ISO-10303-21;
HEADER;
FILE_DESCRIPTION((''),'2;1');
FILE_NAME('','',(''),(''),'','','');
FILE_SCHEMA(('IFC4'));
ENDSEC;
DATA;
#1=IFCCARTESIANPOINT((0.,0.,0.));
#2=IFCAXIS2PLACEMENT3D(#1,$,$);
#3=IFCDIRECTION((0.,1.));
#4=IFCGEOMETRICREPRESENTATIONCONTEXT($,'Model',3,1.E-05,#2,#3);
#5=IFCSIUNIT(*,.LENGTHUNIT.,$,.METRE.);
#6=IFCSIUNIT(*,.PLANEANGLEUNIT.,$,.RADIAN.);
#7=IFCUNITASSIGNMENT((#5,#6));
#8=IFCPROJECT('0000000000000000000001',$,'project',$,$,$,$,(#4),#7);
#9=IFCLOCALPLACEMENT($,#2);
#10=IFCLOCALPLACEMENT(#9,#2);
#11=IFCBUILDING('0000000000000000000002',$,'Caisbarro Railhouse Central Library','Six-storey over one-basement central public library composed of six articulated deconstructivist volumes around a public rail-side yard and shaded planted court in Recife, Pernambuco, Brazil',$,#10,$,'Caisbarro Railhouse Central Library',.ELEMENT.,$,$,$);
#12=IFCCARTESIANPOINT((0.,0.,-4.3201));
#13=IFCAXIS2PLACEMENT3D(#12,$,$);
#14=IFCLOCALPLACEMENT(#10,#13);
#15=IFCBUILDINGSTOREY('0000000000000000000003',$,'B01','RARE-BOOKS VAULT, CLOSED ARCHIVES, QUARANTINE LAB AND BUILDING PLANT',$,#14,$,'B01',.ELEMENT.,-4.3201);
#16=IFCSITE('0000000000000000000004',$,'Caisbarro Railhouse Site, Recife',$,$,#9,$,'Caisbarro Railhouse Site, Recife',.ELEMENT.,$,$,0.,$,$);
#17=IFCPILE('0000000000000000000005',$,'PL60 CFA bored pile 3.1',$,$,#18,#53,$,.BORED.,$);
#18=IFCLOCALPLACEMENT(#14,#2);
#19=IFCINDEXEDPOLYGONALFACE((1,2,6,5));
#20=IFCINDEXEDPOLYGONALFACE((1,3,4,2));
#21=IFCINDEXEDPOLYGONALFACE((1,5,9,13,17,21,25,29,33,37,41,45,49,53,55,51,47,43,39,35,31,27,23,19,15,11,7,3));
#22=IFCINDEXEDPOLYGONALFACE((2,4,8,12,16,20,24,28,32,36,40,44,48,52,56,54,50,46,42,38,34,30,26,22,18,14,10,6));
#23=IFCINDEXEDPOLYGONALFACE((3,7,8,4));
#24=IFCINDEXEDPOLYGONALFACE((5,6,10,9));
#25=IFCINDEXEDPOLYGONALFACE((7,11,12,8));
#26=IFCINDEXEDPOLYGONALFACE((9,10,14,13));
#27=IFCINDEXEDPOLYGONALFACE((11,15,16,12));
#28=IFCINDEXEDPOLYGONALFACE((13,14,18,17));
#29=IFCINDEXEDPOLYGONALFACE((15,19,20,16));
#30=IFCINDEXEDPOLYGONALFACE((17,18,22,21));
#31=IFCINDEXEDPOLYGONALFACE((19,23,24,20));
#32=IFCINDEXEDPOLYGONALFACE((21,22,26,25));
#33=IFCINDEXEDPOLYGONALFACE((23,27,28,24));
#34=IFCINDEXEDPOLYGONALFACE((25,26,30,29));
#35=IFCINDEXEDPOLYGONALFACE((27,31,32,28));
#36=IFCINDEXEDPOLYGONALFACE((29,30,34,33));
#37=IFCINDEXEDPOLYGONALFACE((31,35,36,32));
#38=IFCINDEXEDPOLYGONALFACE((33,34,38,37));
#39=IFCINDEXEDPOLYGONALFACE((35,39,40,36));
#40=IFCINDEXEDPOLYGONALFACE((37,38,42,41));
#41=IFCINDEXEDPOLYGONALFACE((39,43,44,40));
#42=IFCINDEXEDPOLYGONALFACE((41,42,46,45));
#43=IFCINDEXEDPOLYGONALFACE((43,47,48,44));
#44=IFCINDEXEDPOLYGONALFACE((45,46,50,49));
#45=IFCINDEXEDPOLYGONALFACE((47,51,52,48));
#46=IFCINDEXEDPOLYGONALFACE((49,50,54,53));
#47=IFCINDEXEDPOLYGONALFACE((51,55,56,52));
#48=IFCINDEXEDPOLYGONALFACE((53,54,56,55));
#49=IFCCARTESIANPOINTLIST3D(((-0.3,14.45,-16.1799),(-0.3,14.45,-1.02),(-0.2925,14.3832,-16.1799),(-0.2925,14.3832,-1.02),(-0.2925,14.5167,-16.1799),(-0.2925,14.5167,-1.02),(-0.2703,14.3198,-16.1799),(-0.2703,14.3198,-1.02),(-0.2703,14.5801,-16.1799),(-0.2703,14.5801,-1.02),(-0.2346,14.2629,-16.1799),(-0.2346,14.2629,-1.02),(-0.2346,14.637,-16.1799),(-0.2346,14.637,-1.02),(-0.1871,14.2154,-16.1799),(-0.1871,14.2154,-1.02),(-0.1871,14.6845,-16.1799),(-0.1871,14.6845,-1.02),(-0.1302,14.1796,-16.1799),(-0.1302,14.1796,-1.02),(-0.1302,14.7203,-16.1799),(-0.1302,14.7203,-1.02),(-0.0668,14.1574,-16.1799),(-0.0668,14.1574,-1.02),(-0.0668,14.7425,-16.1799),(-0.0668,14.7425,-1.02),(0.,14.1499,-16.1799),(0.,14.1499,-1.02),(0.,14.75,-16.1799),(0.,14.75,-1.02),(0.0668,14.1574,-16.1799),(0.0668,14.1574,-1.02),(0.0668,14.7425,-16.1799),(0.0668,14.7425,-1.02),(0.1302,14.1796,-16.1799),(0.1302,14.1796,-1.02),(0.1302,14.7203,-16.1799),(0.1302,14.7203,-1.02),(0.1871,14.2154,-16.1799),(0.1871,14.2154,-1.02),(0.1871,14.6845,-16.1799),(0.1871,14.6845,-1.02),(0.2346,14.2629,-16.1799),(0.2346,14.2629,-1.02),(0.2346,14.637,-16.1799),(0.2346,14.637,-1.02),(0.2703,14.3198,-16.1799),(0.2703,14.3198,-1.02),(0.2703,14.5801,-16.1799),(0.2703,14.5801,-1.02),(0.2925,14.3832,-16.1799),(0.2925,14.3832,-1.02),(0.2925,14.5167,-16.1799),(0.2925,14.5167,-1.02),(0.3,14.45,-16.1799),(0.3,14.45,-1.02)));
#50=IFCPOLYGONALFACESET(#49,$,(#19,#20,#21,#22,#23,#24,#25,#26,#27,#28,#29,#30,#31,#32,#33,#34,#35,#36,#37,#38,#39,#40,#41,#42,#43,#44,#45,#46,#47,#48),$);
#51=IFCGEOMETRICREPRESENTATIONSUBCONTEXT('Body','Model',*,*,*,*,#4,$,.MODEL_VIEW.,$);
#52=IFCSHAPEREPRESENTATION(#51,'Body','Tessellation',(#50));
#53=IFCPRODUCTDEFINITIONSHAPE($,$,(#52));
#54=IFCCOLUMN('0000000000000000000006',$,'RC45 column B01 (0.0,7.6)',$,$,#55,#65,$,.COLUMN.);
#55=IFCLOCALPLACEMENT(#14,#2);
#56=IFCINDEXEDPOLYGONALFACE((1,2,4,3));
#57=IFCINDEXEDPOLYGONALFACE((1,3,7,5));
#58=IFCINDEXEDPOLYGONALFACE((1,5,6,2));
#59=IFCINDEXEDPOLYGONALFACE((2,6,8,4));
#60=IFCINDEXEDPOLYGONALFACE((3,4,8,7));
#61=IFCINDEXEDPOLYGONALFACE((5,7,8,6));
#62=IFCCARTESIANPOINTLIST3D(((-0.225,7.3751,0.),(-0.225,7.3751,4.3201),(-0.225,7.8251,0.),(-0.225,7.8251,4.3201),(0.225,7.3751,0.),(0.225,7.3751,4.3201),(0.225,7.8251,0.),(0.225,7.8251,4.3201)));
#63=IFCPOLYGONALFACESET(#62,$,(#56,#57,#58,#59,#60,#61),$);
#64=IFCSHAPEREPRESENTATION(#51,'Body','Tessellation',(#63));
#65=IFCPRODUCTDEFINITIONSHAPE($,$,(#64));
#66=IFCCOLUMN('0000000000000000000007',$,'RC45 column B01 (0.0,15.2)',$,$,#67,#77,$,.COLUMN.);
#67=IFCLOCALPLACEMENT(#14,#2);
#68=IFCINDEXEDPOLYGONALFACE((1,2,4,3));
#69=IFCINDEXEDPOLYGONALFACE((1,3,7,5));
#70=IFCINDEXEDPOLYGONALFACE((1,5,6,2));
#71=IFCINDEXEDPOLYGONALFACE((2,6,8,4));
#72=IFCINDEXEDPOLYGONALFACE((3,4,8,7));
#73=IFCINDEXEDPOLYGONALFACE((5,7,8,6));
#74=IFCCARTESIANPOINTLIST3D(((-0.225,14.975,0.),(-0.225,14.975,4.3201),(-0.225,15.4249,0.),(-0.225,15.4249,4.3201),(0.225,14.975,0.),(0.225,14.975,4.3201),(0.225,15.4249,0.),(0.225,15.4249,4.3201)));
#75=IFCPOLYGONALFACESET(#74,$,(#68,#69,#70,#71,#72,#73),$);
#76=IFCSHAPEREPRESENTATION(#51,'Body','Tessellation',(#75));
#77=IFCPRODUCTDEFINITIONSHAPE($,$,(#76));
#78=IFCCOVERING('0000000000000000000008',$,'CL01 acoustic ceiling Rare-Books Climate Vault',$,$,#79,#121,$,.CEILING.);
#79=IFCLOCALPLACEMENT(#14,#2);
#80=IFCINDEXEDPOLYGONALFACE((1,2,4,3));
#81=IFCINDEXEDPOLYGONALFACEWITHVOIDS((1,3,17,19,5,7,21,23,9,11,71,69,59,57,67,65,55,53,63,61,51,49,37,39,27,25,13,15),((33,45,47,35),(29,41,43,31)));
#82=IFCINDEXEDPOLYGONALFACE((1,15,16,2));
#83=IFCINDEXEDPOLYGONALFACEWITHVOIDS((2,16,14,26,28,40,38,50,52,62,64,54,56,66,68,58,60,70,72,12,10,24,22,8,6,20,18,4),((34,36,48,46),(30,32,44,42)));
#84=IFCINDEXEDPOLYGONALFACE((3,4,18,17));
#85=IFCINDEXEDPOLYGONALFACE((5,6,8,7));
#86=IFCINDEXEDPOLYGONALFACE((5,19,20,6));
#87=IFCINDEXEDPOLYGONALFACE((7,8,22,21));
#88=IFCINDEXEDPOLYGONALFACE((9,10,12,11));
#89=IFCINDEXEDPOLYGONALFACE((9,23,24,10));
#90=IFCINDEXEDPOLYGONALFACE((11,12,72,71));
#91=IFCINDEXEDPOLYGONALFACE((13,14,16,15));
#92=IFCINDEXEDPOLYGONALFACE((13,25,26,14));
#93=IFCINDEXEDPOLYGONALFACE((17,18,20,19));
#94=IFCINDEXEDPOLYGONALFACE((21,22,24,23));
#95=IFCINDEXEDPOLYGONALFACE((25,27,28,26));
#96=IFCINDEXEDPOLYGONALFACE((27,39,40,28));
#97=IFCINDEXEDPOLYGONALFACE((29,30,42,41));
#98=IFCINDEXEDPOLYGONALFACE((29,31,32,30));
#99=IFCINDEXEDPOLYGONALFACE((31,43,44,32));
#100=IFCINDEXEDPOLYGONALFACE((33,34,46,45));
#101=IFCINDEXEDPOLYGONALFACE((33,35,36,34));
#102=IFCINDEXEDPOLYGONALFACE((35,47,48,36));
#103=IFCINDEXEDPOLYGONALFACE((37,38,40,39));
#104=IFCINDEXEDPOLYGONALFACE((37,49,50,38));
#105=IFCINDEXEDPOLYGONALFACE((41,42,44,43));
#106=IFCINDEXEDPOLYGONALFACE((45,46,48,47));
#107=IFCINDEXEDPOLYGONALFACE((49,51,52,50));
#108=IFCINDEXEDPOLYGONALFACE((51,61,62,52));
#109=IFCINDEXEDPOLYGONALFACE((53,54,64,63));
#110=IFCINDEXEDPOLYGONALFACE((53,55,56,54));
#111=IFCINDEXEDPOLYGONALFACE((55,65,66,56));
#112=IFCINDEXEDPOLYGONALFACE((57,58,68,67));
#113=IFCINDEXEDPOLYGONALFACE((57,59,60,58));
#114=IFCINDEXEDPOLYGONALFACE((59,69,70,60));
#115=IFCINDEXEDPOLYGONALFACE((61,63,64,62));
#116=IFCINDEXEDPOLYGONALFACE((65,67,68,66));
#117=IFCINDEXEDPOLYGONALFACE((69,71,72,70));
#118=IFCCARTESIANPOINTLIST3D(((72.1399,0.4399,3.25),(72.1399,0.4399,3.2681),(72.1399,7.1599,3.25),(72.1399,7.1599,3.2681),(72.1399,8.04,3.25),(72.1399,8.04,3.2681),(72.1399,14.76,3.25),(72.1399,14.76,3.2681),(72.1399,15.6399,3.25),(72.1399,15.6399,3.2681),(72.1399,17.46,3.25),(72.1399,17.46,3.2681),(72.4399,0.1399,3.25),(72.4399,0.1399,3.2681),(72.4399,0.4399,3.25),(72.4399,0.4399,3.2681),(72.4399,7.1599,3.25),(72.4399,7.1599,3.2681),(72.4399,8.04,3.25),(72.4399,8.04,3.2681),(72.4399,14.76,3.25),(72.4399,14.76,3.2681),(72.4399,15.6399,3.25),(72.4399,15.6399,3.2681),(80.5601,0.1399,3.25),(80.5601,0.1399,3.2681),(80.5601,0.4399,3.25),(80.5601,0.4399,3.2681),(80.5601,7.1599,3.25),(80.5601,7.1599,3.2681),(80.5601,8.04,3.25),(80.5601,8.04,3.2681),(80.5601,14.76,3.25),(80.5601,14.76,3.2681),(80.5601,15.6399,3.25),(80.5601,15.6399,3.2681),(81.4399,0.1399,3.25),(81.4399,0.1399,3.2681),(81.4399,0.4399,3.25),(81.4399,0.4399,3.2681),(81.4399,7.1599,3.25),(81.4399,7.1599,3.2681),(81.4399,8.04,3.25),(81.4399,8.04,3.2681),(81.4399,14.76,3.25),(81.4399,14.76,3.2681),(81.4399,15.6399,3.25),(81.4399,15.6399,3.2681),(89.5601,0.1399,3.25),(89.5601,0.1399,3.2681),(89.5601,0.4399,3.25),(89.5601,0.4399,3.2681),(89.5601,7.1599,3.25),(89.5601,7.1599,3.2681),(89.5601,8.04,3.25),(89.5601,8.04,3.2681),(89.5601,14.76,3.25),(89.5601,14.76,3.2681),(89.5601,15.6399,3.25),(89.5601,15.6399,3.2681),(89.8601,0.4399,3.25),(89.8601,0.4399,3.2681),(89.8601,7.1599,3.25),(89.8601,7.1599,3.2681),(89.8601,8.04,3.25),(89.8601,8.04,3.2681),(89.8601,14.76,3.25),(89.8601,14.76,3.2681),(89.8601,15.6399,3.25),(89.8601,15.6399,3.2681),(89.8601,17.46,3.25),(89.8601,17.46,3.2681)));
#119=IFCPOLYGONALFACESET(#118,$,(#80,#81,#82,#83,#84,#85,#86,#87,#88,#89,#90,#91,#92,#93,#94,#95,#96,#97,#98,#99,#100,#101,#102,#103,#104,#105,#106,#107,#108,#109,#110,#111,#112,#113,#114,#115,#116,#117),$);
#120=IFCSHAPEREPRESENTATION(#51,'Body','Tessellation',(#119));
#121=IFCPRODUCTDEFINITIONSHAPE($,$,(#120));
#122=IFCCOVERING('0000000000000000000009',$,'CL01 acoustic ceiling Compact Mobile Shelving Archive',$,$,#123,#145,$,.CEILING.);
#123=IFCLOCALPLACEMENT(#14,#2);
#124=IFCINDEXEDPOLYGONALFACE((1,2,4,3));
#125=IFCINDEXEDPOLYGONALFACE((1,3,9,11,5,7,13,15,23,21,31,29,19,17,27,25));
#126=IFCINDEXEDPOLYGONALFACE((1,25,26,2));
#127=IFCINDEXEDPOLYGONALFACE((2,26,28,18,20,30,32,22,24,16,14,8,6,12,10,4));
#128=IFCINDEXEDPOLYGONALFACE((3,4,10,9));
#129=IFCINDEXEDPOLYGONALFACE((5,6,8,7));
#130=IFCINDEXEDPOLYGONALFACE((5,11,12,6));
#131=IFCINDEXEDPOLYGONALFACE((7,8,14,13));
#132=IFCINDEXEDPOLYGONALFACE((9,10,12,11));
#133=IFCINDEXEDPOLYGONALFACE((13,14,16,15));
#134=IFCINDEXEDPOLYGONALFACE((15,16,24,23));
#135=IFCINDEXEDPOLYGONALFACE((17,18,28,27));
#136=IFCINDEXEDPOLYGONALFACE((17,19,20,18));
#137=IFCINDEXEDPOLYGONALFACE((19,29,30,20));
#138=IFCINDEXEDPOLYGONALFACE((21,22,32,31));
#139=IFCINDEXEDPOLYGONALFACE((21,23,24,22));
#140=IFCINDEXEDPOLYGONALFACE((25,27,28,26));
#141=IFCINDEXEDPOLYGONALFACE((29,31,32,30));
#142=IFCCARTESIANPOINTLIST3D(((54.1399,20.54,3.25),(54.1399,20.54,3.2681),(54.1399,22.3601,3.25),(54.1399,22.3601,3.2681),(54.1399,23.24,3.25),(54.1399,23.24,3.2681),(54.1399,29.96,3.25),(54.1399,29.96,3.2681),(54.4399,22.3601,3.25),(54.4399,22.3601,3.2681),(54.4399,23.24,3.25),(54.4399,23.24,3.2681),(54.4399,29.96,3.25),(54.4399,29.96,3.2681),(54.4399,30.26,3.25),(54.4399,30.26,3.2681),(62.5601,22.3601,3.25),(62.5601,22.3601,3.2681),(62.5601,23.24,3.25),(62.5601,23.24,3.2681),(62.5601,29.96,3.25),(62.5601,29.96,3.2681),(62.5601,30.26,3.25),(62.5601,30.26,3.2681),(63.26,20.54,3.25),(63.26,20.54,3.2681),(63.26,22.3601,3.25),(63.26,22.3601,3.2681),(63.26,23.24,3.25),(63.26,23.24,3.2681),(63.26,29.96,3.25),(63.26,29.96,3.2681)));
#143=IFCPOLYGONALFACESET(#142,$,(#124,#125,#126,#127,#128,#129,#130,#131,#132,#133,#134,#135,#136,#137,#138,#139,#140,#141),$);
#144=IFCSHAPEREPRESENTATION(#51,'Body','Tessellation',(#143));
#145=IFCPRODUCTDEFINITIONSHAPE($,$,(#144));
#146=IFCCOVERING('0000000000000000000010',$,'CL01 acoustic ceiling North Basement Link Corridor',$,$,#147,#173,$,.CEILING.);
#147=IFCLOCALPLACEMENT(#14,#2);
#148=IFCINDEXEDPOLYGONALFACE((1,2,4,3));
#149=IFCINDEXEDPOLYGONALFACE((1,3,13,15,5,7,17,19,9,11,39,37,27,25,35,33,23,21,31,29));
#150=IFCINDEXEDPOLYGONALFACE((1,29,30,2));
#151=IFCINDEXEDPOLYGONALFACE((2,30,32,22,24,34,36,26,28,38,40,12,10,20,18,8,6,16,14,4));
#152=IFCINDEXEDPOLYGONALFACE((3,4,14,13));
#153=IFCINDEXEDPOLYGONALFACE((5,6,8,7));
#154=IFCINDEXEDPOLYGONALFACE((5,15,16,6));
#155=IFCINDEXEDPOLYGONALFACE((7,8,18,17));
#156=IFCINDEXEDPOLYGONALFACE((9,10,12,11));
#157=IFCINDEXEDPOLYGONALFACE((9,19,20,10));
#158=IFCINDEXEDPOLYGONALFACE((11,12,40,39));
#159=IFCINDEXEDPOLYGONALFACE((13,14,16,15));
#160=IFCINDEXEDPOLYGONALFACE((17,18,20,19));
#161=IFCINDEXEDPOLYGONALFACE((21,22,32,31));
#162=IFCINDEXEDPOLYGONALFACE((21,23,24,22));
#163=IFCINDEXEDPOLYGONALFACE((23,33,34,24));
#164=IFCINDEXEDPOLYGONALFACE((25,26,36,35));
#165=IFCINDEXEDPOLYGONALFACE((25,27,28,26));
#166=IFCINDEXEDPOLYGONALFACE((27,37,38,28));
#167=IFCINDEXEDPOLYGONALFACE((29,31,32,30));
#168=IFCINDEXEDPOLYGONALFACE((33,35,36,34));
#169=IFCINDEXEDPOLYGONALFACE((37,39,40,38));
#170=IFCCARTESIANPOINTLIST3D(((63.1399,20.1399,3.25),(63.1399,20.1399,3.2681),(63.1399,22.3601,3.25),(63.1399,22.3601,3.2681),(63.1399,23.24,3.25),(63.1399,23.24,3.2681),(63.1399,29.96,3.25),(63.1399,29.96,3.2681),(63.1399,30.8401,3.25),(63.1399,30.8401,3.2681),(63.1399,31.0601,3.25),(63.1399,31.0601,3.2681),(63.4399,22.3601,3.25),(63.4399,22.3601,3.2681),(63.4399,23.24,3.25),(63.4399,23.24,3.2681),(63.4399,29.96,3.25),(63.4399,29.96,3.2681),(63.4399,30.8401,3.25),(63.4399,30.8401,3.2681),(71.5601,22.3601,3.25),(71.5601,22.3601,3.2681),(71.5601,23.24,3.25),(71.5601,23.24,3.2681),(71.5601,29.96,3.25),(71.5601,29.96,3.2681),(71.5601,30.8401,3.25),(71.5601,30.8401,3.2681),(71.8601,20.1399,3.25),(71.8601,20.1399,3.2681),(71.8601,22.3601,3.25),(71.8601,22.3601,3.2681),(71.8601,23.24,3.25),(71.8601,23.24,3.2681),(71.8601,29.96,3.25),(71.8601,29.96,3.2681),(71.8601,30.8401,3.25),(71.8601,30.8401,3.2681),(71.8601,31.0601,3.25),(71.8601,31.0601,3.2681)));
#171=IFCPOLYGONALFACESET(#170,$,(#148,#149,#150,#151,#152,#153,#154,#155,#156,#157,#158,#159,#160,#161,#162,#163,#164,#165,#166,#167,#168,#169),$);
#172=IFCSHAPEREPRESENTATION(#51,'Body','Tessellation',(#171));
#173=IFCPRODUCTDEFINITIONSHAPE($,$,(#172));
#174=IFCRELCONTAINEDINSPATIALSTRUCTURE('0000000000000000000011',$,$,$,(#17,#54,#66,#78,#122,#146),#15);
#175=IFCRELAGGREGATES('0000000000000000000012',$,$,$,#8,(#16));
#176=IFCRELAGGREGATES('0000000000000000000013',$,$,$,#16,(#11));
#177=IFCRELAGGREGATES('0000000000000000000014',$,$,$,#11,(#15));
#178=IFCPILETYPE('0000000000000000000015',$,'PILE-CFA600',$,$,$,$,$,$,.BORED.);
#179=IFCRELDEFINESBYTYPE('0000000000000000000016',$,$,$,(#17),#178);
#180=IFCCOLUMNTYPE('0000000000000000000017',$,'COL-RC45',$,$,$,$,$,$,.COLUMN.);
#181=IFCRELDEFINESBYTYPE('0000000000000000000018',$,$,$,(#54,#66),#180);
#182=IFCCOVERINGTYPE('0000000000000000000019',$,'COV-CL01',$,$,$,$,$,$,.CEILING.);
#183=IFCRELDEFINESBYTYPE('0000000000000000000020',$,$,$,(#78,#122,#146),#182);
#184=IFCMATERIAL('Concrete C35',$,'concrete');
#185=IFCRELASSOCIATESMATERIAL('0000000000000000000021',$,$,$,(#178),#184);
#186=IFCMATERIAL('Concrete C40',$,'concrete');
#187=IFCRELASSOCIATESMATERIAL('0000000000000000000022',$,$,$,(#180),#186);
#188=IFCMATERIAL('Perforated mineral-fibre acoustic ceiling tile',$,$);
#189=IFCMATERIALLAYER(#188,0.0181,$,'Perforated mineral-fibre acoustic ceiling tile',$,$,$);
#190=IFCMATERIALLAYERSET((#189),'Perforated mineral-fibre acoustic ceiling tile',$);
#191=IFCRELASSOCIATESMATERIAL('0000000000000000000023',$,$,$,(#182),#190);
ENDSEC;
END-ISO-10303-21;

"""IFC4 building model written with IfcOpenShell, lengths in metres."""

from ifc_helpers import new_model, si_unit, direction, frame, origin, origin_2d, place, context, subcontext, project, spatial, polyline, rectangle, circle, outline, extrude, material, layer, layer_set, material_profile, profile_set, type_object, element, save


model = new_model("IFC4")

# Units and contexts
model_context = context("Model", 3, precision=1e-05, world=origin(), true_north=direction((0.0, 1.0)))
body_context = subcontext(model_context, "Body", "Model", "MODEL_VIEW")
ifc_project = project(units=[si_unit("LENGTHUNIT", "METRE"), si_unit("PLANEANGLEUNIT", "RADIAN")], contexts=[model_context])

# Site, building, storey
site_placement = place(None, origin())
site = spatial("IfcSite", under=ifc_project, at=site_placement, Name="Caisbarro Railhouse Site, Recife", LongName="Caisbarro Railhouse Site, Recife", CompositionType="ELEMENT", RefElevation=0.0)
building_placement = place(site_placement, origin())
building = spatial("IfcBuilding", under=site, at=building_placement, Name="Caisbarro Railhouse Central Library", Description="Six-storey over one-basement central public library composed of six articulated deconstructivist volumes around a public rail-side yard and shaded planted court in Recife, Pernambuco, Brazil", LongName="Caisbarro Railhouse Central Library", CompositionType="ELEMENT")
storey_placement = place(building_placement, frame((0.0, 0.0, -4.3201)))
storey = spatial("IfcBuildingStorey", under=building, at=storey_placement, Name="B01", Description="RARE-BOOKS VAULT, CLOSED ARCHIVES, QUARANTINE LAB AND BUILDING PLANT", LongName="B01", CompositionType="ELEMENT", Elevation=-4.3201)

# Shared definitions
ifc_material_1 = material(Name="Concrete C35", Category="concrete")
ifc_material_2 = material(Name="Concrete C40", Category="concrete")

# Pile
ifc_material_profile_1 = material_profile(ifc_material_1, circle(Radius=0.3, at=origin_2d()), Name="PILE-CFA-600")
ifc_profile_set_1 = profile_set([ifc_material_profile_1], Name="Concrete C35")
pile_type = type_object("IfcPileType", Name="PILE-CFA600", PredefinedType="BORED", material=ifc_profile_set_1)
pile_1_placement = place(storey_placement, frame((0.0, 14.45, -1.02), z_axis=(0.0, 0.0, -1.0), x_axis=(1.0, 0.0, 0.0)))
element("IfcPile", 1, at=pile_1_placement, inside=storey, type_object=pile_type, Name="PL60 CFA bored pile 3.1", PredefinedType="BORED", context=body_context, shape_type="SweptSolid", body=[
    extrude(circle(Radius=0.3, at=origin_2d()), origin(), (0.0, 0.0, 1.0), 15.1599),
])

# Columns
ifc_material_profile_2 = material_profile(ifc_material_2, rectangle(XDim=0.45, YDim=0.45, at=origin_2d()), Name="RC-COL-450X450")
ifc_profile_set_2 = profile_set([ifc_material_profile_2], Name="Concrete C40")
column_type = type_object("IfcColumnType", Name="COL-RC45", PredefinedType="COLUMN", material=ifc_profile_set_2)
for number, where, z_axis, x_axis, name in (
    (2, (0.0, 7.6001, 0.0), (0.0, 0.0, 1.0), (1.0, 0.0, 0.0), "RC45 column B01 (0.0,7.6)"),
    (3, (0.0, 15.2, 0.0), (0.0, 0.0, 1.0), (1.0, 0.0, 0.0), "RC45 column B01 (0.0,15.2)"),
):
    element("IfcColumn", number, at=place(storey_placement, frame(where, z_axis=z_axis, x_axis=x_axis)), inside=storey, type_object=column_type, Name=name, PredefinedType="COLUMN", context=body_context, shape_type="SweptSolid", body=[
        extrude(rectangle(XDim=0.45, YDim=0.45, at=origin_2d()), origin(), (0.0, 0.0, 1.0), 4.3201),
    ])

# Coverings
ifc_material_3 = material(Name="Perforated mineral-fibre acoustic ceiling tile")
ifc_layer_1 = layer(ifc_material_3, 0.0181, Name="Perforated mineral-fibre acoustic ceiling tile")
ifc_layer_set_1 = layer_set([ifc_layer_1], Name="Perforated mineral-fibre acoustic ceiling tile")
covering_type_1 = type_object("IfcCoveringType", Name="COV-CL01", PredefinedType="CEILING", material=ifc_layer_set_1)
covering_1_placement = place(storey_placement, frame((0.0, 0.0, 3.25)))
element("IfcCovering", 4, at=covering_1_placement, inside=storey, type_object=covering_type_1, Name="CL01 acoustic ceiling Rare-Books Climate Vault", PredefinedType="CEILING", context=body_context, shape_type="SweptSolid", body=[
    extrude(outline(polyline([(72.4399, 0.4399), (72.1399, 0.4399), (72.1399, 7.1599), (72.4399, 7.1599), (72.4399, 8.04), (72.1399, 8.04), (72.1399, 14.76), (72.4399, 14.76), (72.4399, 15.6399), (72.1399, 15.6399), (72.1399, 17.46), (89.8601, 17.46), (89.8601, 15.6399), (89.5601, 15.6399), (89.5601, 14.76), (89.8601, 14.76), (89.8601, 8.04), (89.5601, 8.04), (89.5601, 7.1599), (89.8601, 7.1599), (89.8601, 0.4399), (89.5601, 0.4399), (89.5601, 0.1399), (81.4399, 0.1399), (81.4399, 0.4399), (80.5601, 0.4399), (80.5601, 0.1399), (72.4399, 0.1399), (72.4399, 0.4399)]), holes=[polyline([(81.4399, 8.04), (80.5601, 8.04), (80.5601, 7.1599), (81.4399, 7.1599), (81.4399, 8.04)]), polyline([(81.4399, 14.76), (81.4399, 15.6399), (80.5601, 15.6399), (80.5601, 14.76), (81.4399, 14.76)])]), origin(), (0.0, 0.0, 1.0), 0.0181),
])
covering_2_placement = place(storey_placement, frame((0.0, 0.0, 3.25)))
element("IfcCovering", 5, at=covering_2_placement, inside=storey, type_object=covering_type_1, Name="CL01 acoustic ceiling Compact Mobile Shelving Archive", PredefinedType="CEILING", context=body_context, shape_type="SweptSolid", body=[
    extrude(outline(polyline([(54.1399, 23.24), (54.1399, 29.96), (54.4399, 29.96), (54.4399, 30.26), (62.5601, 30.26), (62.5601, 29.96), (63.26, 29.96), (63.26, 23.24), (62.5601, 23.24), (62.5601, 22.3601), (63.26, 22.3601), (63.26, 20.54), (54.1399, 20.54), (54.1399, 22.3601), (54.4399, 22.3601), (54.4399, 23.24), (54.1399, 23.24)])), origin(), (0.0, 0.0, 1.0), 0.0181),
])
covering_3_placement = place(storey_placement, frame((0.0, 0.0, 3.25)))
element("IfcCovering", 6, at=covering_3_placement, inside=storey, type_object=covering_type_1, Name="CL01 acoustic ceiling North Basement Link Corridor", PredefinedType="CEILING", context=body_context, shape_type="SweptSolid", body=[
    extrude(outline(polyline([(63.1399, 23.24), (63.1399, 29.96), (63.4399, 29.96), (63.4399, 30.8401), (63.1399, 30.8401), (63.1399, 31.0601), (71.8601, 31.0601), (71.8601, 30.8401), (71.5601, 30.8401), (71.5601, 29.96), (71.8601, 29.96), (71.8601, 23.24), (71.5601, 23.24), (71.5601, 22.3601), (71.8601, 22.3601), (71.8601, 20.1399), (63.1399, 20.1399), (63.1399, 22.3601), (63.4399, 22.3601), (63.4399, 23.24), (63.1399, 23.24)])), origin(), (0.0, 0.0, 1.0), 0.0181),
])

save(model, "model.ifc")
